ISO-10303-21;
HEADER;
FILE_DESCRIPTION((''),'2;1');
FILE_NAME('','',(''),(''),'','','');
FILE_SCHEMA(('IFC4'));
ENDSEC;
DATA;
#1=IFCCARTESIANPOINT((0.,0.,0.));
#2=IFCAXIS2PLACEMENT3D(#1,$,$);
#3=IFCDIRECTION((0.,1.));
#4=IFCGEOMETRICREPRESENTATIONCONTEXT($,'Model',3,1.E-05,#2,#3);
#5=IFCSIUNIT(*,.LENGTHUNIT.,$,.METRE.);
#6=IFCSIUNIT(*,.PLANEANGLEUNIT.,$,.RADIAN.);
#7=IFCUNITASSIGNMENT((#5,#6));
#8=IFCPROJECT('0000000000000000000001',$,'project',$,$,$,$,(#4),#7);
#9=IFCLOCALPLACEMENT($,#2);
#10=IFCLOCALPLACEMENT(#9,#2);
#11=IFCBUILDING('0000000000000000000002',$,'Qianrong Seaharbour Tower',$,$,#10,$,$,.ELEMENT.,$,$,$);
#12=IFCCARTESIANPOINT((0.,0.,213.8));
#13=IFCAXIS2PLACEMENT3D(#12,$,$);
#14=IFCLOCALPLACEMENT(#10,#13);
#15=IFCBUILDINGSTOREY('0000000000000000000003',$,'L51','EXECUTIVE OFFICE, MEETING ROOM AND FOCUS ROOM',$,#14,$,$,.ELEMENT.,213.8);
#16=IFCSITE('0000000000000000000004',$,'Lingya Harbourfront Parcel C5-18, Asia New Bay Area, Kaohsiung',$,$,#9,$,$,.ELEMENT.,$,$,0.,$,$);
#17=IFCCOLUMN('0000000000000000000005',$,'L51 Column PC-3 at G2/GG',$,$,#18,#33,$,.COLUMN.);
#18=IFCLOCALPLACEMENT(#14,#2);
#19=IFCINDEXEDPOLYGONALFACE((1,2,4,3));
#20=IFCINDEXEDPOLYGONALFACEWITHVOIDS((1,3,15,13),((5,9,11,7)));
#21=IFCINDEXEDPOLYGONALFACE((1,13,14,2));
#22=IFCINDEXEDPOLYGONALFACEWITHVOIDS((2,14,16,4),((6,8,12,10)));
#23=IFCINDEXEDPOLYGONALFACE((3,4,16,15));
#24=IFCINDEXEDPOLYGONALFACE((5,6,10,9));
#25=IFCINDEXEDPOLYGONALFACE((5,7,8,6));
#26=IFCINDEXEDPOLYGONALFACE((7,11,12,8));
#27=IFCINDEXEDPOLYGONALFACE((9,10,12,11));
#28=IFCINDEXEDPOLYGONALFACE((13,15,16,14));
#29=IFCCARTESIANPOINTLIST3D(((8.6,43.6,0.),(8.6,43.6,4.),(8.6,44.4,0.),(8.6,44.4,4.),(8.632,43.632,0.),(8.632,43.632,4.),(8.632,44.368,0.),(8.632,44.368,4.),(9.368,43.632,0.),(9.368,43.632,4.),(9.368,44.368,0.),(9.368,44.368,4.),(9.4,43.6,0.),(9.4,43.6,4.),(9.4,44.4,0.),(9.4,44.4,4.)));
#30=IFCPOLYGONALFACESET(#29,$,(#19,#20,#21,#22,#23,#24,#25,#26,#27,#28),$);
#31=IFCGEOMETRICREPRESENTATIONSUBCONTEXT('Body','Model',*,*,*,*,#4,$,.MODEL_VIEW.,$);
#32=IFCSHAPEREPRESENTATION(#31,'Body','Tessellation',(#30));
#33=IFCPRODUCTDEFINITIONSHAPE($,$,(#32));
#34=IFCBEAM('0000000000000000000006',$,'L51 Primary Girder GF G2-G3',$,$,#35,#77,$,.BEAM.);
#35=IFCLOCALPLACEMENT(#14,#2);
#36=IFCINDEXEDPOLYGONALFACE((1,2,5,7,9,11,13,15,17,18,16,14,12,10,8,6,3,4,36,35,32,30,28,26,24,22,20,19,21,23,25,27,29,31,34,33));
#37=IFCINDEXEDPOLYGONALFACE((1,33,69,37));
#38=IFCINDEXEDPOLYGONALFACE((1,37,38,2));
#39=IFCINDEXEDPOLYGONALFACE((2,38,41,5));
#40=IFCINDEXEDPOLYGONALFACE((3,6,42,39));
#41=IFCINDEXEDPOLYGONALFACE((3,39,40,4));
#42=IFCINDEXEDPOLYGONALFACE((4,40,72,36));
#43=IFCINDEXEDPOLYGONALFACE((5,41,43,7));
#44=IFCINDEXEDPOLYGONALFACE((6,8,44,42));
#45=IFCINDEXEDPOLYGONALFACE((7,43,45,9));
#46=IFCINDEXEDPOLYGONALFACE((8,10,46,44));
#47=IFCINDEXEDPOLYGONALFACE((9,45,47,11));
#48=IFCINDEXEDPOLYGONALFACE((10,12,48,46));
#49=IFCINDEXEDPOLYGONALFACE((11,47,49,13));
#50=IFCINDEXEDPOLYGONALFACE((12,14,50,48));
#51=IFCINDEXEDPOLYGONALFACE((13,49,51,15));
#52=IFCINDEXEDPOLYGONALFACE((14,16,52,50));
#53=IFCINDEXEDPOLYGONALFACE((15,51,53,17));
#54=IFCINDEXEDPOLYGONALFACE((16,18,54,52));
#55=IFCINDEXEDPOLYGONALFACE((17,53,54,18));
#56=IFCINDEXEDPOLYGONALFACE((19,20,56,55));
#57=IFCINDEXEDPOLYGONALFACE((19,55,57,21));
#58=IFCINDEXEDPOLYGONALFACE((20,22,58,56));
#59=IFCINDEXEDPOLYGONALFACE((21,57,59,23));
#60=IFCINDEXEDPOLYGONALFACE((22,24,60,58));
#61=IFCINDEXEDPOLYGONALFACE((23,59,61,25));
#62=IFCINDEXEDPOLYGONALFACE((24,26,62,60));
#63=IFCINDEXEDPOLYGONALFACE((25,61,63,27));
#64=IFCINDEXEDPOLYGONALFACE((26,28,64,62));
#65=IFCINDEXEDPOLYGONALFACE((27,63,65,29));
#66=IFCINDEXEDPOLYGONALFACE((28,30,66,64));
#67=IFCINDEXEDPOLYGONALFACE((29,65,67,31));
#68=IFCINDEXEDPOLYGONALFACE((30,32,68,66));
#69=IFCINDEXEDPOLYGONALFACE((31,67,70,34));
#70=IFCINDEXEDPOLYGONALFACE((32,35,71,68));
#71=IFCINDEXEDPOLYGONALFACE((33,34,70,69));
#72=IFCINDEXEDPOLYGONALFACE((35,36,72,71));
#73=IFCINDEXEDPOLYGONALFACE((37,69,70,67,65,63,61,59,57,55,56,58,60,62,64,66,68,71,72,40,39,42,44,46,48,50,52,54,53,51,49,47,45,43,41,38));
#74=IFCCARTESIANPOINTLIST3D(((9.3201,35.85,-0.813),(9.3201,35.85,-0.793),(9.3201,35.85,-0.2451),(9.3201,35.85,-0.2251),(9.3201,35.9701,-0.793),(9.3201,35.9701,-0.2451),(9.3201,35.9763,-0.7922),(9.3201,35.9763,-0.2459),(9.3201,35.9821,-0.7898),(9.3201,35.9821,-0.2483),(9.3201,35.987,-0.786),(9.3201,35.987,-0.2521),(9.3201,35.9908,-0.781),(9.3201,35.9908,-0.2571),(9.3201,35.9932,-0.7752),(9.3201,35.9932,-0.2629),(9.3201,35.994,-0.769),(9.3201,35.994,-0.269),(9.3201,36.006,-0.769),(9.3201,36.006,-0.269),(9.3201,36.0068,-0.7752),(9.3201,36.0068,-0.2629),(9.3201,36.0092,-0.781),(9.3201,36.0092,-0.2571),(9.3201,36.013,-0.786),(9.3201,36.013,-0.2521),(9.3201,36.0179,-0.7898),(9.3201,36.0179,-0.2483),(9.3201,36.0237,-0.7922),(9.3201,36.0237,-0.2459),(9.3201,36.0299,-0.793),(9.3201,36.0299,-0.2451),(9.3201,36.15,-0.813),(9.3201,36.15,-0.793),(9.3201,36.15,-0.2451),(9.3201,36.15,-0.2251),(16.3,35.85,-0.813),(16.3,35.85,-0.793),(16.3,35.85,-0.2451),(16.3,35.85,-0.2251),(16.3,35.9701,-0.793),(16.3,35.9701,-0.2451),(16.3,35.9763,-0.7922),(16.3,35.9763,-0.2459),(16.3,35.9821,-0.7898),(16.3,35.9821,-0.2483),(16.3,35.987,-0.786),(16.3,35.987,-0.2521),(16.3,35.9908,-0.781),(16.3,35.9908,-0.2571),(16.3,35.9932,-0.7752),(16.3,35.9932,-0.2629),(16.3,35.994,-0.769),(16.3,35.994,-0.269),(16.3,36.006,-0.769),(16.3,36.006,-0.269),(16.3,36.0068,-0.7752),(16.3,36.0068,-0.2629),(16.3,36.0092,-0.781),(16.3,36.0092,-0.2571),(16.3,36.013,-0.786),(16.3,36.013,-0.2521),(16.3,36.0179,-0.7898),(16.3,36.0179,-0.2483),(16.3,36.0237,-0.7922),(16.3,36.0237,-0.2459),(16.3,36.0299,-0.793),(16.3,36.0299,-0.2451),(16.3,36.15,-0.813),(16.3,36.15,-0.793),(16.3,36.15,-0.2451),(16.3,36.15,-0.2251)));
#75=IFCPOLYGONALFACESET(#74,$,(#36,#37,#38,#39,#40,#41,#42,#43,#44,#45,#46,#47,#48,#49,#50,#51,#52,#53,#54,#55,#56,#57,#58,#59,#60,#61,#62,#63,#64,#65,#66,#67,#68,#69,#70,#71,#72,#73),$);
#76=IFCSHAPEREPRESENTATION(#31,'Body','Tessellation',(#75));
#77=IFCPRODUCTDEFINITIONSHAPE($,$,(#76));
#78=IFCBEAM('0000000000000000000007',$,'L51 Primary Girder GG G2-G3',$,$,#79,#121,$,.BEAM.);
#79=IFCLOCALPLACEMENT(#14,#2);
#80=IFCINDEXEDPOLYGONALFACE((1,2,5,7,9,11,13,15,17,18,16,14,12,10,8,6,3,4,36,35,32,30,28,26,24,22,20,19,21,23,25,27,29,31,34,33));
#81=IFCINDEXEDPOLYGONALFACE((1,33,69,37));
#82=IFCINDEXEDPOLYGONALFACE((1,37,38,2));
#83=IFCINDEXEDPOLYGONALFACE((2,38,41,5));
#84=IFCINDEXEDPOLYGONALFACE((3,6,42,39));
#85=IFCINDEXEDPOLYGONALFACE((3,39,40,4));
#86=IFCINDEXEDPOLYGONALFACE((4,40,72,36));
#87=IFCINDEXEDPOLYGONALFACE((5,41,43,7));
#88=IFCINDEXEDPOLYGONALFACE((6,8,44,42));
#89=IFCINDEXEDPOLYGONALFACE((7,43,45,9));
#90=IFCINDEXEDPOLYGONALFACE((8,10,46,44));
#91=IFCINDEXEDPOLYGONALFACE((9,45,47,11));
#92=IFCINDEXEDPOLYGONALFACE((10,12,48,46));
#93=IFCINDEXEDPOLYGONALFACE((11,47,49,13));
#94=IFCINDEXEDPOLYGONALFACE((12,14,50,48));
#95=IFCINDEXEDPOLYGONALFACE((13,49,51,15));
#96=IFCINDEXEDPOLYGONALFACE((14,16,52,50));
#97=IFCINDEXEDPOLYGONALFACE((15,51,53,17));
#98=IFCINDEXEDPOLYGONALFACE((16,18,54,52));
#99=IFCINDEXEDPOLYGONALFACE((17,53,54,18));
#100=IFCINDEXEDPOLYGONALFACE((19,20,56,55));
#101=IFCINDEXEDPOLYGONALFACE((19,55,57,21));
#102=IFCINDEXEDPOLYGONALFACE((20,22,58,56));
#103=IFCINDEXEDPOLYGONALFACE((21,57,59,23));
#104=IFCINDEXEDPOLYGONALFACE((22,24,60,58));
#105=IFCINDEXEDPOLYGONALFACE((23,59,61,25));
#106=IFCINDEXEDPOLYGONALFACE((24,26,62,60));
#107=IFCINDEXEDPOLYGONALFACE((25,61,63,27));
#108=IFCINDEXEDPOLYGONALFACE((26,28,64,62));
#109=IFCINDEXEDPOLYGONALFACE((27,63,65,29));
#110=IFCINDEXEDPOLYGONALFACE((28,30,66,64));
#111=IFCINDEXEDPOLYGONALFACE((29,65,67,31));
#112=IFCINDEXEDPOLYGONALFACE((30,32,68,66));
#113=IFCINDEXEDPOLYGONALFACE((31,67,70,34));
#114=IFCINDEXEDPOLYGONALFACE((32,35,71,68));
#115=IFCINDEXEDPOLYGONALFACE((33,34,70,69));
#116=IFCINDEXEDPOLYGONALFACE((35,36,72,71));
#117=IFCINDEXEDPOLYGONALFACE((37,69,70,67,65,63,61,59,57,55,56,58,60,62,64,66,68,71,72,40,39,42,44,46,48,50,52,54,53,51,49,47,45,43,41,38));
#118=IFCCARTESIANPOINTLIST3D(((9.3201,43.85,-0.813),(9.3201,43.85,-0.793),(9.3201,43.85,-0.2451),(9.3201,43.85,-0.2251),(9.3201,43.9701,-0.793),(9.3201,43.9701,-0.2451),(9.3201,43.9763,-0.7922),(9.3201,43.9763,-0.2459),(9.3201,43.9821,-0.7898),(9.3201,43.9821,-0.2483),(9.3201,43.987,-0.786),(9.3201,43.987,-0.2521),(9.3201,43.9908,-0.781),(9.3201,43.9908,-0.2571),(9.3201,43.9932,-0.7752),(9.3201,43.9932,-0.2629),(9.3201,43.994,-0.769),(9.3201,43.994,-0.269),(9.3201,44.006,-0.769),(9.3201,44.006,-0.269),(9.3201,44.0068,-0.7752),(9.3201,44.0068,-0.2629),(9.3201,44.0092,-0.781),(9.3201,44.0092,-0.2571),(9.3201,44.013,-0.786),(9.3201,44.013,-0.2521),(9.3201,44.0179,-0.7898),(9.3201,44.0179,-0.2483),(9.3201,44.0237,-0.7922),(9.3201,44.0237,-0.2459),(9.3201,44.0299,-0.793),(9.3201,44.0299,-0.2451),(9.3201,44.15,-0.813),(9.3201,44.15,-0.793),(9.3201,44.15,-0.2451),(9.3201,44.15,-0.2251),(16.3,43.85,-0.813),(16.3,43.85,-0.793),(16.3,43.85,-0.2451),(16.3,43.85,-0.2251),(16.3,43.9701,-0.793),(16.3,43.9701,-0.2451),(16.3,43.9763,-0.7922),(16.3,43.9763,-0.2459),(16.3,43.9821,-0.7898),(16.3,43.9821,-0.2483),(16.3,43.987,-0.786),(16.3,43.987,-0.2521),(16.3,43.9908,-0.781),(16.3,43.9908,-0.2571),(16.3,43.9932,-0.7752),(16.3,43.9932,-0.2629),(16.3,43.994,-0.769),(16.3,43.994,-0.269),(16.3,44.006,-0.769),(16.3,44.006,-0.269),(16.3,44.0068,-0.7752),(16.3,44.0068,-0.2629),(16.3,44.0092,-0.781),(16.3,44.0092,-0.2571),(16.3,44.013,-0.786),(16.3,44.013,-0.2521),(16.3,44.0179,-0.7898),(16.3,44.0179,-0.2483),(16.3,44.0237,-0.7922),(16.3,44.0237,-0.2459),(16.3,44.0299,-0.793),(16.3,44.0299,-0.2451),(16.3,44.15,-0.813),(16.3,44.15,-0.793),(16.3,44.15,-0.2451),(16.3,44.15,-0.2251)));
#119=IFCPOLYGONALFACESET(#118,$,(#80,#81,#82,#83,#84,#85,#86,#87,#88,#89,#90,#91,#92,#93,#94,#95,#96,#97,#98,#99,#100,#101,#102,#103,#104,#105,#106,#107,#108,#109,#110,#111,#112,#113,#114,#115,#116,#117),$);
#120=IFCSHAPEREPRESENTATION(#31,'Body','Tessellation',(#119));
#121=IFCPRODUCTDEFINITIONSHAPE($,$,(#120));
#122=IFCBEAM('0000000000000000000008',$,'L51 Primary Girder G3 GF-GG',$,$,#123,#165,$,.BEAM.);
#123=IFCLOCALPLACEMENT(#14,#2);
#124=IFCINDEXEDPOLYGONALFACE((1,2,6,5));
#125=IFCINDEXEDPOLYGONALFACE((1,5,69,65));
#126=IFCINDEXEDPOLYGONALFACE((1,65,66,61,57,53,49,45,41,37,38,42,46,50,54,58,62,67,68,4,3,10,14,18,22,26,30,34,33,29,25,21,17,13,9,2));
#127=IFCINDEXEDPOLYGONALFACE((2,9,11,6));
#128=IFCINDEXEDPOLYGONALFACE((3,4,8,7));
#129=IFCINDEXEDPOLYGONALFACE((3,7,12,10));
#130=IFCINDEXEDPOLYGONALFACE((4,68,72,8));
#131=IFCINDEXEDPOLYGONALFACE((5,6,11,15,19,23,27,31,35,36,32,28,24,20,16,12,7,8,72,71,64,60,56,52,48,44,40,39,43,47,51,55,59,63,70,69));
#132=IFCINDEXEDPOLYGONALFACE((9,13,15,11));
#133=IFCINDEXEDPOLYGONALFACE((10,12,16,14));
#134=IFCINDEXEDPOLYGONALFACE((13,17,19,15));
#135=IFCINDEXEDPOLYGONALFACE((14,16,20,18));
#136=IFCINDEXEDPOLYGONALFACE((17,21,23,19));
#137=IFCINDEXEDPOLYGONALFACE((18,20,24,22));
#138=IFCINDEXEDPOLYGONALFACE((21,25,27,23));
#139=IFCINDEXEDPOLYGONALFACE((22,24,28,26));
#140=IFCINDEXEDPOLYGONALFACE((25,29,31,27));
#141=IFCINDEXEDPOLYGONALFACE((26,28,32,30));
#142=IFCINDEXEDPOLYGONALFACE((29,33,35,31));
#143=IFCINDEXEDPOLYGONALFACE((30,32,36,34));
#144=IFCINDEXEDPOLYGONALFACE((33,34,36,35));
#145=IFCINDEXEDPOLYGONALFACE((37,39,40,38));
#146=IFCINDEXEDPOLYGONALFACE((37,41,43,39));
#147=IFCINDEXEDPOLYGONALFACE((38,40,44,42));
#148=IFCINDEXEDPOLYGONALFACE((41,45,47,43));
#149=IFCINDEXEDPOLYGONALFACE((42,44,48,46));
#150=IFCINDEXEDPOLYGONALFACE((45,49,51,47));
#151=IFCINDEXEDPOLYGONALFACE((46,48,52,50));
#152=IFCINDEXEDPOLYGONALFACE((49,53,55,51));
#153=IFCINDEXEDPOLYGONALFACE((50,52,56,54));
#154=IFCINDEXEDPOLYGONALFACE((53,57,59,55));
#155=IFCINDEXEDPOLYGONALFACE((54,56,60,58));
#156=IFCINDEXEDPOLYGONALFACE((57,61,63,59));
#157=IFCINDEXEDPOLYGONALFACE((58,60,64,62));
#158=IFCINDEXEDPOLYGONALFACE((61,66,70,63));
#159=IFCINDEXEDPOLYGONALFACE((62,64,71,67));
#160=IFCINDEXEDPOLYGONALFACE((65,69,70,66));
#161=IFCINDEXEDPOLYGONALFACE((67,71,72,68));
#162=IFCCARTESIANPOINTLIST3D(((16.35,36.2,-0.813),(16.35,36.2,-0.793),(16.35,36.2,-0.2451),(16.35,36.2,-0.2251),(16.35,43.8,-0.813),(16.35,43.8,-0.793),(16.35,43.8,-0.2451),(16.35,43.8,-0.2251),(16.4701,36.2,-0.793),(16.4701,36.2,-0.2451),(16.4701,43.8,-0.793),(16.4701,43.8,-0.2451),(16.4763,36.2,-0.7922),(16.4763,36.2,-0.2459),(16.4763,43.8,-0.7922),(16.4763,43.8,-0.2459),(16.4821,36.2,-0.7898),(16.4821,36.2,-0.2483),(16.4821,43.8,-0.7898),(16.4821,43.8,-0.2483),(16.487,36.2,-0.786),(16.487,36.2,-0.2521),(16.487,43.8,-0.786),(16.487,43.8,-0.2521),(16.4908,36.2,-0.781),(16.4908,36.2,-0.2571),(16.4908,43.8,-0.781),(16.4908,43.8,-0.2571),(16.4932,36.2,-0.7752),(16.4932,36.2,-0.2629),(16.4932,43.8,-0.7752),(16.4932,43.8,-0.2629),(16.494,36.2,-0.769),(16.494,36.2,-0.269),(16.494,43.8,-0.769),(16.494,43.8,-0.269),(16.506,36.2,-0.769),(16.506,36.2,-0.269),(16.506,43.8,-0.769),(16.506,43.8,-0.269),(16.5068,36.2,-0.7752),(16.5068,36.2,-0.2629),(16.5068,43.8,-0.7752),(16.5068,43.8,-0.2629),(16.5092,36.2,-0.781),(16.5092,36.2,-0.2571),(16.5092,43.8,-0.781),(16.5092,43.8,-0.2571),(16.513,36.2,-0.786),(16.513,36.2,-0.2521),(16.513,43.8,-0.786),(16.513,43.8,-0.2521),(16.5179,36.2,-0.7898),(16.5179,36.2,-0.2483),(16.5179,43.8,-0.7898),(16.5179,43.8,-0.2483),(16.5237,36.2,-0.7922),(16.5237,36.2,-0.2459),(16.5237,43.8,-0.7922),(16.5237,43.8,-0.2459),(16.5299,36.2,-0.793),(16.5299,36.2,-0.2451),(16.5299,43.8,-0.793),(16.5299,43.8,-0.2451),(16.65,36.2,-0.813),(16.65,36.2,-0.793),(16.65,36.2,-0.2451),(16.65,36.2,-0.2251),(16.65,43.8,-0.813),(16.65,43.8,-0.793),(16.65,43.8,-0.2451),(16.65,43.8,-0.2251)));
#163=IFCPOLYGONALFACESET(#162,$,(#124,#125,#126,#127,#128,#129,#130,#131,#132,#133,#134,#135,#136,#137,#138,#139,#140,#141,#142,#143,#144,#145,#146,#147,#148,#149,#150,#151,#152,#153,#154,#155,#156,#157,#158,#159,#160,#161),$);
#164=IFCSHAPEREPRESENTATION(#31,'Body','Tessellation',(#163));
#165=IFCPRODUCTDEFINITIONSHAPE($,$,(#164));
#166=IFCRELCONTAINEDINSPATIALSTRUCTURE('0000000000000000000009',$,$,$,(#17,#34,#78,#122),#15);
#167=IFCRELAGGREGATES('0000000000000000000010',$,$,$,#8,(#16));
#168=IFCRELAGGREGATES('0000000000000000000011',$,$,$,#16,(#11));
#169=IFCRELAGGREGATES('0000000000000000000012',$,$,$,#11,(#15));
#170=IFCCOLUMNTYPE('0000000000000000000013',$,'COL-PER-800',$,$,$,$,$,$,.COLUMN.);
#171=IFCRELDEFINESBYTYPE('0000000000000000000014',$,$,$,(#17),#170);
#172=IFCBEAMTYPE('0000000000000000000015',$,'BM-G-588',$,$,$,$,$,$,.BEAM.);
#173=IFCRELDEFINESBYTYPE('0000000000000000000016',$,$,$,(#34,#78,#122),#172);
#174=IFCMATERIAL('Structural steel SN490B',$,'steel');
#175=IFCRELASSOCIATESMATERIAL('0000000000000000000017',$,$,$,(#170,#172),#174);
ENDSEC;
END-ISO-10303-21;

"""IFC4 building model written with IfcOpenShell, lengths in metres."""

from ifc_helpers import new_model, si_unit, direction, frame, origin, origin_2d, place, context, subcontext, project, spatial, hollow_rectangle, i_section, extrude, material, material_profile, profile_set, type_object, element, save


model = new_model("IFC4")

# Units and contexts
model_context = context("Model", 3, precision=1e-05, world=origin(), true_north=direction((0.0, 1.0)))
body_context = subcontext(model_context, "Body", "Model", "MODEL_VIEW")
ifc_project = project(units=[si_unit("LENGTHUNIT", "METRE"), si_unit("PLANEANGLEUNIT", "RADIAN")], contexts=[model_context])

# Site, building, storey
site_placement = place(None, origin())
site = spatial("IfcSite", under=ifc_project, at=site_placement, Name="Lingya Harbourfront Parcel C5-18, Asia New Bay Area, Kaohsiung", CompositionType="ELEMENT", RefElevation=0.0)
building_placement = place(site_placement, origin())
building = spatial("IfcBuilding", under=site, at=building_placement, Name="Qianrong Seaharbour Tower", CompositionType="ELEMENT")
storey_placement = place(building_placement, frame((0.0, 0.0, 213.8)))
storey = spatial("IfcBuildingStorey", under=building, at=storey_placement, Name="L51", Description="EXECUTIVE OFFICE, MEETING ROOM AND FOCUS ROOM", CompositionType="ELEMENT", Elevation=213.8)

# Column
ifc_material_1 = material(Name="Structural steel SN490B", Category="steel")
ifc_material_profile_1 = material_profile(ifc_material_1, hollow_rectangle(XDim=0.8, YDim=0.8, WallThickness=0.032, at=origin_2d()), Name="BOX800x800x32")
ifc_profile_set_1 = profile_set([ifc_material_profile_1], Name="Structural steel SN490B")
column_type_1 = type_object("IfcColumnType", Name="COL-PER-800", PredefinedType="COLUMN", material=ifc_profile_set_1)
column_1_placement = place(storey_placement, frame((9.0, 44.0, 0.0), z_axis=(0.0, 0.0, 1.0), x_axis=(1.0, 0.0, 0.0)))
element("IfcColumn", 1, at=column_1_placement, inside=storey, type_object=column_type_1, Name="L51 Column PC-3 at G2/GG", PredefinedType="COLUMN", context=body_context, shape_type="SweptSolid", body=[
    extrude(hollow_rectangle(XDim=0.8, YDim=0.8, WallThickness=0.032, at=origin_2d()), origin(), (0.0, 0.0, 1.0), 4.0),
])

# Beams
ifc_material_profile_2 = material_profile(ifc_material_1, i_section(OverallWidth=0.3, OverallDepth=0.5879, WebThickness=0.012, FlangeThickness=0.02, FilletRadius=0.0239, at=origin_2d()), Name="H588x300x12x20")
ifc_profile_set_2 = profile_set([ifc_material_profile_2], Name="Structural steel SN490B")
beam_type_1 = type_object("IfcBeamType", Name="BM-G-588", PredefinedType="BEAM", material=ifc_profile_set_2)
for number, where, z_axis, x_axis, name in (
    (2, (9.3201, 36.0, -0.519), (1.0, 0.0, 0.0), (0.0, 1.0, 0.0), "L51 Primary Girder GF G2-G3"),
    (3, (9.3201, 44.0, -0.519), (1.0, 0.0, 0.0), (0.0, 1.0, 0.0), "L51 Primary Girder GG G2-G3"),
):
    element("IfcBeam", number, at=place(storey_placement, frame(where, z_axis=z_axis, x_axis=x_axis)), inside=storey, type_object=beam_type_1, Name=name, PredefinedType="BEAM", context=body_context, shape_type="SweptSolid", body=[
        extrude(i_section(OverallWidth=0.3, OverallDepth=0.5879, WebThickness=0.012, FlangeThickness=0.02, FilletRadius=0.0239, at=origin_2d()), origin(), (0.0, 0.0, 1.0), 6.98),
    ])
beam_1_placement = place(storey_placement, frame((16.5, 36.2, -0.519), z_axis=(0.0, 1.0, 0.0), x_axis=(-1.0, 0.0, 0.0)))
element("IfcBeam", 4, at=beam_1_placement, inside=storey, type_object=beam_type_1, Name="L51 Primary Girder G3 GF-GG", PredefinedType="BEAM", context=body_context, shape_type="SweptSolid", body=[
    extrude(i_section(OverallWidth=0.3, OverallDepth=0.5879, WebThickness=0.012, FlangeThickness=0.02, FilletRadius=0.0239, at=origin_2d()), origin(), (0.0, 0.0, 1.0), 7.6001),
])

save(model, "model.ifc")
